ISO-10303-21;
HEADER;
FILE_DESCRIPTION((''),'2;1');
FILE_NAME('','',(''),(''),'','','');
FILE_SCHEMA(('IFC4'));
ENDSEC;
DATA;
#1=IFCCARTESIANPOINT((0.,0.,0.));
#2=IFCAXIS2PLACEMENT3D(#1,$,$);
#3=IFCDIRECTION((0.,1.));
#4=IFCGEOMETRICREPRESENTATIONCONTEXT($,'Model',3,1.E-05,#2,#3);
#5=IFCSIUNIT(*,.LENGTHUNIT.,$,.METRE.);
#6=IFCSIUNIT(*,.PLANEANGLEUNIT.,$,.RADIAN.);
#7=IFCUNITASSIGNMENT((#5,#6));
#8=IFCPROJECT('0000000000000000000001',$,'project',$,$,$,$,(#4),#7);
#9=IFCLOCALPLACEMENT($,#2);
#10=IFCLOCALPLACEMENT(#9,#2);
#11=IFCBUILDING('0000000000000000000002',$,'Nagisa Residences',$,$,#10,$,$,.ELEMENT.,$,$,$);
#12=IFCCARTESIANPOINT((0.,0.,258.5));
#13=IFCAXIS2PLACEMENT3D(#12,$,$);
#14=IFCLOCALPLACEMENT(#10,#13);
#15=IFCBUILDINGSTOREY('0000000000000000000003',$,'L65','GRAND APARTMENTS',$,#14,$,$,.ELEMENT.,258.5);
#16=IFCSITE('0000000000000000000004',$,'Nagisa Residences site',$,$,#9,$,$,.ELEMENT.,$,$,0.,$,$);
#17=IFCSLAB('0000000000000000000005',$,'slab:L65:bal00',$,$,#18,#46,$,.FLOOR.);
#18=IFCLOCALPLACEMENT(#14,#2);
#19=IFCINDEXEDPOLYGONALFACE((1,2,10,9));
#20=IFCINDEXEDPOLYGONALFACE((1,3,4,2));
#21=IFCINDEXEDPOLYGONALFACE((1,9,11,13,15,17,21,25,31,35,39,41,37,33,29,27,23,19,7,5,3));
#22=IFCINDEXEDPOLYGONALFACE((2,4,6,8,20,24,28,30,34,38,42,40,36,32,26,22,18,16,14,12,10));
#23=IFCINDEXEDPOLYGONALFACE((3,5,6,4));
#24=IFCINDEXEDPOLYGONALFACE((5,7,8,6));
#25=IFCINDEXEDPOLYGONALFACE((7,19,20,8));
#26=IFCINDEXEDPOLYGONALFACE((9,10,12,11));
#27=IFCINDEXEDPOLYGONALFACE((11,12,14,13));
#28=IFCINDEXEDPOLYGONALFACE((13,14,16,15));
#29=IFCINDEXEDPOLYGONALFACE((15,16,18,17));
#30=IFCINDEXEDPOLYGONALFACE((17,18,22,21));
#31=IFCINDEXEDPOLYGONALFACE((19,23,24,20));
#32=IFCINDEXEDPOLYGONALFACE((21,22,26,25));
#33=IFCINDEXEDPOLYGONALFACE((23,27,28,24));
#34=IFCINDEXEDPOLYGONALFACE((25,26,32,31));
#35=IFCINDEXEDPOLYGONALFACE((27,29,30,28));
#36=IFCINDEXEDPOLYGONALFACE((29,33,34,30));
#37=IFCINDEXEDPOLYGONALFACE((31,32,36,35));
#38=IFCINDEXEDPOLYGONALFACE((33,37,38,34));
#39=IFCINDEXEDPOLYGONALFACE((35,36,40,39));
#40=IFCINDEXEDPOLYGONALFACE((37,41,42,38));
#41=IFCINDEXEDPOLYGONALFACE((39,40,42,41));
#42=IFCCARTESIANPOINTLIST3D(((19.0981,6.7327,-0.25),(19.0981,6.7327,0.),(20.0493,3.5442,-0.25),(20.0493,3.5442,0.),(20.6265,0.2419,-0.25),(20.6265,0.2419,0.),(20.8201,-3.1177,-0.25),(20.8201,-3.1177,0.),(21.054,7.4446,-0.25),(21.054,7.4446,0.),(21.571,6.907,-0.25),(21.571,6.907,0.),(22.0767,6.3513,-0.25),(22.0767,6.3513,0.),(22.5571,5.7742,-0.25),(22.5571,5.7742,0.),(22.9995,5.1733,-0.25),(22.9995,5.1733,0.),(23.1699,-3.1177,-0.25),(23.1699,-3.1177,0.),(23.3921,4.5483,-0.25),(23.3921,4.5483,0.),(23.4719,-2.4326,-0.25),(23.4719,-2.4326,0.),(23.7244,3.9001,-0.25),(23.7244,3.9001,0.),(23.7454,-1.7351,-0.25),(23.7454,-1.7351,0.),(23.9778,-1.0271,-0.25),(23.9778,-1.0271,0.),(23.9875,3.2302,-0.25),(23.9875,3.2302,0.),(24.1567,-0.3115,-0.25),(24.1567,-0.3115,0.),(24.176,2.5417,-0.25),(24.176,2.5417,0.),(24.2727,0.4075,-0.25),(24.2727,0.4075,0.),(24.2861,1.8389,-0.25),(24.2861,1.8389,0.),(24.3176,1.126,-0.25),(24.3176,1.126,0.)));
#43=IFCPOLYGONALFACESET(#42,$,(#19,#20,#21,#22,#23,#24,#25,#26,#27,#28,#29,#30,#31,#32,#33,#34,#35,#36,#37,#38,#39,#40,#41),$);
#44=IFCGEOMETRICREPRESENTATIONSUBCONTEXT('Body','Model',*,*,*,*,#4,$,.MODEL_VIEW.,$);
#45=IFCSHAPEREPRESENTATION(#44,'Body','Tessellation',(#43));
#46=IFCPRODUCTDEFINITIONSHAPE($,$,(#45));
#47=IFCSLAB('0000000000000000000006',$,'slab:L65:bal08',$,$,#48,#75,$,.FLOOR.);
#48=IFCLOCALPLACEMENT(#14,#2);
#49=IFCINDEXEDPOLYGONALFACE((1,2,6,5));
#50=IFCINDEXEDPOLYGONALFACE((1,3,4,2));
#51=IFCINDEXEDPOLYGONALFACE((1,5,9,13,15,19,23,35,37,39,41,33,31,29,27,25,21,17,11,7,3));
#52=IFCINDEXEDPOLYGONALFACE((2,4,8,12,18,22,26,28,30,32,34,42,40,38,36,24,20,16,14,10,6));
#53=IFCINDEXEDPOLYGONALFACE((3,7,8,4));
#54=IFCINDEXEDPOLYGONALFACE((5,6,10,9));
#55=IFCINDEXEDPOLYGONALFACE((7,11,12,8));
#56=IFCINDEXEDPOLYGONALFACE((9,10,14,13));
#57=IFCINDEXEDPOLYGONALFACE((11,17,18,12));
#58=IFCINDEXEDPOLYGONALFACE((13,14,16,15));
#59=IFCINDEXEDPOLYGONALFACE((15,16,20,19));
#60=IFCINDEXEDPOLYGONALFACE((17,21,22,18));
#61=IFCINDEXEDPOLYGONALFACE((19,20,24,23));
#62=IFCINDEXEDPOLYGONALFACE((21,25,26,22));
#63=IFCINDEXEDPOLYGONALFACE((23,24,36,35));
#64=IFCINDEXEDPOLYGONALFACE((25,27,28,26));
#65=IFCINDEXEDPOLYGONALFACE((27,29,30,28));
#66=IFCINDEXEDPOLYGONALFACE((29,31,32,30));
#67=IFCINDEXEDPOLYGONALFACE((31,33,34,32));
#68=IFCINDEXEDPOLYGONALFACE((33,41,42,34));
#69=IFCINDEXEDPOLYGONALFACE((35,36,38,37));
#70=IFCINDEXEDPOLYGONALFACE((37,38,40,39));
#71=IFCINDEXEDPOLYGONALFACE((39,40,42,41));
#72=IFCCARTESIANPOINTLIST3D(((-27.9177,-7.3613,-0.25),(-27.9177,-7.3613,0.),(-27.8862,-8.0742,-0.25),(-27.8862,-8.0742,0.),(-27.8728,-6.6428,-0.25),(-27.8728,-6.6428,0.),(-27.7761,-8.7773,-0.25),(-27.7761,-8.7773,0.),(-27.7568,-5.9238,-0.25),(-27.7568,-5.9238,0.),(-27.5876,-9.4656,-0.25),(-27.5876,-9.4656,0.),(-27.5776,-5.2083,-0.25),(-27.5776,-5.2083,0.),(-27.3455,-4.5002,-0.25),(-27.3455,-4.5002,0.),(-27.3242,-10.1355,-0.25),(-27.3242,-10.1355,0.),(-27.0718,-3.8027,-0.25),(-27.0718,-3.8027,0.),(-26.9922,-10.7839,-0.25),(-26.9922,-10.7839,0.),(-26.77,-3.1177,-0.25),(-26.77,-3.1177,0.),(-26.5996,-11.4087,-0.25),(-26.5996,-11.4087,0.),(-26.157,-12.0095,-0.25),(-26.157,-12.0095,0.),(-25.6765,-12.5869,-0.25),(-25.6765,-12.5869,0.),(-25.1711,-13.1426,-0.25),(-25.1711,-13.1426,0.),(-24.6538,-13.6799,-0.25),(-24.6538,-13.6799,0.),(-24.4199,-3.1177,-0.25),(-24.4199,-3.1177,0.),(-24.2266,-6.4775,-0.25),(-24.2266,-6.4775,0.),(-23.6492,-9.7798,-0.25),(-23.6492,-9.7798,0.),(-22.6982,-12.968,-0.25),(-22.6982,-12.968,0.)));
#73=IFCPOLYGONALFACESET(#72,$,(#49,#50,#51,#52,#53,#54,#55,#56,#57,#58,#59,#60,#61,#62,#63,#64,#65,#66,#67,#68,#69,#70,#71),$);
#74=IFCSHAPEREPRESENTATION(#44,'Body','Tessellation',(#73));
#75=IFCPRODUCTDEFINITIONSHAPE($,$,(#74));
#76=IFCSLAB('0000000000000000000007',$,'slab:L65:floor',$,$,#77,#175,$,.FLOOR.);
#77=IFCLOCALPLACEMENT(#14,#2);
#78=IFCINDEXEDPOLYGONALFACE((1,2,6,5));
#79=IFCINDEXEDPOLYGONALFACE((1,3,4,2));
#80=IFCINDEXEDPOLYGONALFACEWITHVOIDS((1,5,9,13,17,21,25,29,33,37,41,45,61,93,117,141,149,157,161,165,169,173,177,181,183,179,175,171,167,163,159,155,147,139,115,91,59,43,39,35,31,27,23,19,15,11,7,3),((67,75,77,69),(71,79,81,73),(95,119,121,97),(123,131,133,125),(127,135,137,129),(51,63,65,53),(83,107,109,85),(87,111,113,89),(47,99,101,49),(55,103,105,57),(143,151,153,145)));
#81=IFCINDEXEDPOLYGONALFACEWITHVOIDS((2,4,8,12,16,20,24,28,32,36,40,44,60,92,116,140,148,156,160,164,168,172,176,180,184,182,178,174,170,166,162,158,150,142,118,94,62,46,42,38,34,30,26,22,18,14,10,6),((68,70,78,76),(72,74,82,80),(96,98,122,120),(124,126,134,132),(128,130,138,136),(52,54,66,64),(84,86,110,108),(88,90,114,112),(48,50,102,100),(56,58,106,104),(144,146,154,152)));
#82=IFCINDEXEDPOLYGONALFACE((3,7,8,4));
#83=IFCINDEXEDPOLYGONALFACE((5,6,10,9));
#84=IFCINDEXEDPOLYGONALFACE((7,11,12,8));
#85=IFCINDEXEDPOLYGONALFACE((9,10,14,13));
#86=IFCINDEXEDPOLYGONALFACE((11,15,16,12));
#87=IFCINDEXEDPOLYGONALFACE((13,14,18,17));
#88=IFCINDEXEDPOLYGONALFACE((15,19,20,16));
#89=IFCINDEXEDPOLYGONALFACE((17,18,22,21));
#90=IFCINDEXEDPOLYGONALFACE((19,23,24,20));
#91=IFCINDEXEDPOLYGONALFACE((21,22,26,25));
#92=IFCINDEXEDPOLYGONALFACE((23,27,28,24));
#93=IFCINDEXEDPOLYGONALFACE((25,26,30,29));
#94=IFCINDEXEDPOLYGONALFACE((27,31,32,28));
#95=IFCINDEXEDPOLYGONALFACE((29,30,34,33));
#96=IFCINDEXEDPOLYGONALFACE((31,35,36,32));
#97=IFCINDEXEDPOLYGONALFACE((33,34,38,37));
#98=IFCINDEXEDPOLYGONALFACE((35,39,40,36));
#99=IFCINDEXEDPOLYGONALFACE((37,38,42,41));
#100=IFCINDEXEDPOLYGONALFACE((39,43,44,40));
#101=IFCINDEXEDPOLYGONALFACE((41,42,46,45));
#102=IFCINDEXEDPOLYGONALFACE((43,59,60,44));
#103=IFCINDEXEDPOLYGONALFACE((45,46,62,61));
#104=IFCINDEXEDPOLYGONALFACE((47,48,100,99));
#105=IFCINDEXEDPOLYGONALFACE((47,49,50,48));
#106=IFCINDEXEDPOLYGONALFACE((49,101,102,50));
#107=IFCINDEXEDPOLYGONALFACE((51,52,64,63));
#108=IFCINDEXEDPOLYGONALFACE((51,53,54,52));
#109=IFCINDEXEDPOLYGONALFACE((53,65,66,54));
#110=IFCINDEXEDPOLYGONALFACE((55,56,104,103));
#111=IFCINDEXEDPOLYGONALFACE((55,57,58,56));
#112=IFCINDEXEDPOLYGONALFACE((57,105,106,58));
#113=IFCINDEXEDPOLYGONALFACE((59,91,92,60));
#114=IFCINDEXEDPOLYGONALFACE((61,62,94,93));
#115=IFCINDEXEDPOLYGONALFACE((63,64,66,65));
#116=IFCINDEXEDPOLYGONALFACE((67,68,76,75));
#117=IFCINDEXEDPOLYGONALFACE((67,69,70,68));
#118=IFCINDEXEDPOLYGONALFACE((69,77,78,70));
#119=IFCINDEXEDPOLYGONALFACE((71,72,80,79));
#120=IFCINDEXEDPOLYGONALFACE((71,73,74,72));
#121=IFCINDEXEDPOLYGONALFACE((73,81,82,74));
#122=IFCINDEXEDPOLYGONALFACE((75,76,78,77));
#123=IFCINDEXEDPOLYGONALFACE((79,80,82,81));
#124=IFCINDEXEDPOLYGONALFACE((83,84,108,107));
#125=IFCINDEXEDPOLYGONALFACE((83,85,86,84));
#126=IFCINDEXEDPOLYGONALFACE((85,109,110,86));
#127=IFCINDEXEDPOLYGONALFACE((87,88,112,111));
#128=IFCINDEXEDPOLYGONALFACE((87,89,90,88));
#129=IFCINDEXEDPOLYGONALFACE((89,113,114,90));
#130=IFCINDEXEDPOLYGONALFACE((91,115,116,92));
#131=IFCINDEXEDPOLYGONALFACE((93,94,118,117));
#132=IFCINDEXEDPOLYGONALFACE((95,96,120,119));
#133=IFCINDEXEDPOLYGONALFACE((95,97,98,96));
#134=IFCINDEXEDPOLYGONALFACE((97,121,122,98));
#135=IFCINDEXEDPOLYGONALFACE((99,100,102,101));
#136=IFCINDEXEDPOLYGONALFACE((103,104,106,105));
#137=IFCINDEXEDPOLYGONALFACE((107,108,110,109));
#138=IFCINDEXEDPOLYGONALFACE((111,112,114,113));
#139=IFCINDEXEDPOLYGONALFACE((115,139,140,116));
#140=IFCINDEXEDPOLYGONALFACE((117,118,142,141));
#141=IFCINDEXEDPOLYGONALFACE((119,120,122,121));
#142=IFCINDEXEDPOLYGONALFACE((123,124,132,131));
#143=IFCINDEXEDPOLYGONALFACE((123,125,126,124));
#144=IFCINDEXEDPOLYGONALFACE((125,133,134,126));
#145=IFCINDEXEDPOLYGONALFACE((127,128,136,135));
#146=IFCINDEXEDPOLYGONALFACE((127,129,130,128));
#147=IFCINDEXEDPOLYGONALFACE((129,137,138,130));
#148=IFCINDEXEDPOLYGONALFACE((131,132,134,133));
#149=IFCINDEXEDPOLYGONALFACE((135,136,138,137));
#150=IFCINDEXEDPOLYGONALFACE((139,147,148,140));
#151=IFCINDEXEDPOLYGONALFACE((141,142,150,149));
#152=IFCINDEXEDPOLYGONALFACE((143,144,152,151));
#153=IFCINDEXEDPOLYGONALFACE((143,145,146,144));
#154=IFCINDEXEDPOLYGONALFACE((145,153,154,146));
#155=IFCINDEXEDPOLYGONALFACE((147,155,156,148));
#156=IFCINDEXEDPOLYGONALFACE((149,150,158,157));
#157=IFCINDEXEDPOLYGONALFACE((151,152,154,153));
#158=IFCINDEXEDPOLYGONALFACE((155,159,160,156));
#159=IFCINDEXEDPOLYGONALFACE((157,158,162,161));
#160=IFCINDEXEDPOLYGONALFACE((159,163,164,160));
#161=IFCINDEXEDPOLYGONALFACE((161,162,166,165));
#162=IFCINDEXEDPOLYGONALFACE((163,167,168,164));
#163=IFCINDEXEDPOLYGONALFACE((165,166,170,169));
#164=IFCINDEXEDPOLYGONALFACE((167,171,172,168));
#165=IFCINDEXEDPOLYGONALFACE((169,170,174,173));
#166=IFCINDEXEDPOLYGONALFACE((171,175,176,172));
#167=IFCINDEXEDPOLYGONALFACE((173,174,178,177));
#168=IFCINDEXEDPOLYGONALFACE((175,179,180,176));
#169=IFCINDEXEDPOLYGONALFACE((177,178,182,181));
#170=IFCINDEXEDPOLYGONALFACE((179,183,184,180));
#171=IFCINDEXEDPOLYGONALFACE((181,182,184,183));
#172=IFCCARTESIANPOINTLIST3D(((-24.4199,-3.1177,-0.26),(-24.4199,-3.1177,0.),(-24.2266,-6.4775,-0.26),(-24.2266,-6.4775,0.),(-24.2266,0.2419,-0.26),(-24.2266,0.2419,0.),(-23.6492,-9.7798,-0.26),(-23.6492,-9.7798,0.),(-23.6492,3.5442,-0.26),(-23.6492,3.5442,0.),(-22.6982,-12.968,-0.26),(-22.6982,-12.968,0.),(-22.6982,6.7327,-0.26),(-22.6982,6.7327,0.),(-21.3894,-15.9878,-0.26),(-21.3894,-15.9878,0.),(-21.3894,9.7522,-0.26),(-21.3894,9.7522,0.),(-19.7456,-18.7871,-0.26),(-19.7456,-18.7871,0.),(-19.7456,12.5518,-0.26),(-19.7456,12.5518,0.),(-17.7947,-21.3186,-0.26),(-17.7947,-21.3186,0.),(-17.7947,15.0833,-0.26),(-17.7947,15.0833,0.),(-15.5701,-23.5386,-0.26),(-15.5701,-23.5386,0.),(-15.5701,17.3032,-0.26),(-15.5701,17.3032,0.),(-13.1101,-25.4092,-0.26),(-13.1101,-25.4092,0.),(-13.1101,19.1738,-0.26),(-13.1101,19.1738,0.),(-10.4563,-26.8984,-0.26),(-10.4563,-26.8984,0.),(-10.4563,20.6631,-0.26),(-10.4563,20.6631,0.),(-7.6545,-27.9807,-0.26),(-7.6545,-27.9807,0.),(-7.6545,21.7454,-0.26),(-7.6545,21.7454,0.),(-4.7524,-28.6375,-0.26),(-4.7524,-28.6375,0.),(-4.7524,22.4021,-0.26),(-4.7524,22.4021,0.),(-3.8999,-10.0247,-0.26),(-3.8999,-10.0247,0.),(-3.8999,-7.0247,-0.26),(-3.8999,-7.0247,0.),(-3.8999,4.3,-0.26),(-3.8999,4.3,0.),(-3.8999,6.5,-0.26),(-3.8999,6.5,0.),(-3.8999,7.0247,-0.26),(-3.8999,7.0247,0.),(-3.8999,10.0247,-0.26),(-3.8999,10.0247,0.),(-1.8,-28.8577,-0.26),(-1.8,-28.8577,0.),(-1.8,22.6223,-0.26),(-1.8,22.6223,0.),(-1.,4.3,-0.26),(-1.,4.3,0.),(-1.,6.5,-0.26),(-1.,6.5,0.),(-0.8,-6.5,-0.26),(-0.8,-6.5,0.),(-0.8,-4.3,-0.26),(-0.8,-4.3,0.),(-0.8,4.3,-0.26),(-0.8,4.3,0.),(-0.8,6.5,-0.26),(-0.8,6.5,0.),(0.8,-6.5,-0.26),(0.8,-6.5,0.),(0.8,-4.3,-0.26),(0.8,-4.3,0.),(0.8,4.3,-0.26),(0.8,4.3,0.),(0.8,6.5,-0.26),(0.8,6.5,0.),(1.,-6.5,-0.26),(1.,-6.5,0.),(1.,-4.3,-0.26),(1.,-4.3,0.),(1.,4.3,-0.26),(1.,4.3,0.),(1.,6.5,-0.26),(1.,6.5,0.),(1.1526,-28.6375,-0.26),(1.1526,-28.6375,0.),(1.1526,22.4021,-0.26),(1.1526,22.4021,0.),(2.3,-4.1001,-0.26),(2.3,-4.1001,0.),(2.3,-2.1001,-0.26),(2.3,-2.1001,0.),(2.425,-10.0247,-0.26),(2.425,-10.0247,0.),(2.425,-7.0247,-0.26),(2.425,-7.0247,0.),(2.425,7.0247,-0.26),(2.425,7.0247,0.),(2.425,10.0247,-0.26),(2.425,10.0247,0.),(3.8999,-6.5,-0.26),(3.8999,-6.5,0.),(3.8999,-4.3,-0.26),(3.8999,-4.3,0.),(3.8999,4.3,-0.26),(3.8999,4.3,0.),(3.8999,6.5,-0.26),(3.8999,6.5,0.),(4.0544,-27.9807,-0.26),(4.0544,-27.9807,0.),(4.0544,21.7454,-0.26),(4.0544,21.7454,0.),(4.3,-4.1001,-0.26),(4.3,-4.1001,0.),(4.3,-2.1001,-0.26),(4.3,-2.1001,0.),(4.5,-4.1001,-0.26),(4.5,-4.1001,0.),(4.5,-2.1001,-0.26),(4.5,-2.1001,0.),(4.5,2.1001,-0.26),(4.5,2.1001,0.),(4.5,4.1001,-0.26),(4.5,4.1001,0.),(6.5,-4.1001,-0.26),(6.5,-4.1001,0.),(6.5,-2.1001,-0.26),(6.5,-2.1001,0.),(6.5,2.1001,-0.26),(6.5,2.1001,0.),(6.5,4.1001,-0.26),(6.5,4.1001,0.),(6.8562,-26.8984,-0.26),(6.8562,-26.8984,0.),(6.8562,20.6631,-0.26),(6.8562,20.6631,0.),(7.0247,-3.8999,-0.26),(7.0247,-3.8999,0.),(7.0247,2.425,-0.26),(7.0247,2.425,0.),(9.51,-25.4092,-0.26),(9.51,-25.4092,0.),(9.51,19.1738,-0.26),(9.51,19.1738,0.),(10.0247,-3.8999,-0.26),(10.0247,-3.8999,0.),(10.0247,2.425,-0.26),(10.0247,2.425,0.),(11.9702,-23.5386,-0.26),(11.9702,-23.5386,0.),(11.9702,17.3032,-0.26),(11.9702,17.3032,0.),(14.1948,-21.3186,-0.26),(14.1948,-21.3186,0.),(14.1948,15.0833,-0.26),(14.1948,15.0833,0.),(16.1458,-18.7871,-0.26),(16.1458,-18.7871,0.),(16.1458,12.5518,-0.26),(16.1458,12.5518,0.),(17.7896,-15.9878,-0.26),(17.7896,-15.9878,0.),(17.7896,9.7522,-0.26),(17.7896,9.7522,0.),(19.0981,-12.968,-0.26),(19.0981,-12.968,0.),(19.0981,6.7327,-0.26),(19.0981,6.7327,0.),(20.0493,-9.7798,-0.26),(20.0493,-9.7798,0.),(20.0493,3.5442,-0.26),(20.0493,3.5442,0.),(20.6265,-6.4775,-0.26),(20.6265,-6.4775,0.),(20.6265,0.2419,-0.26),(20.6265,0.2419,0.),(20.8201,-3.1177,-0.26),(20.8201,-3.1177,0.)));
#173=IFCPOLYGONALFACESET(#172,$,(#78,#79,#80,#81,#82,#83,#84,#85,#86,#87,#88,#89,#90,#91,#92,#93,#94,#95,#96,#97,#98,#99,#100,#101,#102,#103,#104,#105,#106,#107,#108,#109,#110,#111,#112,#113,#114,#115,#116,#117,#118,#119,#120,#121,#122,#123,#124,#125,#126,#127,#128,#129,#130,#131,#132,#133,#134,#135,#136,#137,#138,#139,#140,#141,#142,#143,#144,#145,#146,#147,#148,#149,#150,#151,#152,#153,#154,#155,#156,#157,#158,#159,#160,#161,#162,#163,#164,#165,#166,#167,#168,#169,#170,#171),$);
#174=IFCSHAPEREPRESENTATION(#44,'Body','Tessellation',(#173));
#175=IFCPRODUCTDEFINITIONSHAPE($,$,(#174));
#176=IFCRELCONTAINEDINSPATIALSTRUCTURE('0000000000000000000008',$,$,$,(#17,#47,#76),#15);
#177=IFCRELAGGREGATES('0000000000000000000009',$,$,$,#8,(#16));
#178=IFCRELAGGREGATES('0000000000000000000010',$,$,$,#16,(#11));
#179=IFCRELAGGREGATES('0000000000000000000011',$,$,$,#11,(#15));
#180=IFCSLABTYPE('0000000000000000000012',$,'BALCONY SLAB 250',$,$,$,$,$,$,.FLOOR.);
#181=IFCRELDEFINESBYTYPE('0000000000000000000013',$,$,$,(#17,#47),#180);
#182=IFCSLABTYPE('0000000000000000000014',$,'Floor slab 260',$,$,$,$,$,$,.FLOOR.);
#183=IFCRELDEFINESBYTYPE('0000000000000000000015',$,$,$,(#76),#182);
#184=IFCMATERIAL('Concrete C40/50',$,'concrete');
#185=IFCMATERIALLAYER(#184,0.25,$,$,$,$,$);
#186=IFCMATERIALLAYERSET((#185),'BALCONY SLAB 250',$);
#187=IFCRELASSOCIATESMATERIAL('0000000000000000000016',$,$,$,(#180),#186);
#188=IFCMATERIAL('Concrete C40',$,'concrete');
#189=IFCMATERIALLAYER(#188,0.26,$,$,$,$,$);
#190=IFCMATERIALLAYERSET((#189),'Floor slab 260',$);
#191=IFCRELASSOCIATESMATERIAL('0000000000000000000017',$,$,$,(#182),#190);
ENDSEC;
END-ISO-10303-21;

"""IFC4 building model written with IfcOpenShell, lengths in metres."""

from ifc_helpers import new_model, si_unit, direction, frame, origin, place, context, subcontext, project, spatial, polyline, outline, extrude, material, layer, layer_set, type_object, element, save


model = new_model("IFC4")

# Units and contexts
model_context = context("Model", 3, precision=1e-05, world=origin(), true_north=direction((0.0, 1.0)))
body_context = subcontext(model_context, "Body", "Model", "MODEL_VIEW")
ifc_project = project(units=[si_unit("LENGTHUNIT", "METRE"), si_unit("PLANEANGLEUNIT", "RADIAN")], contexts=[model_context])

# Site, building, storey
site_placement = place(None, origin())
site = spatial("IfcSite", under=ifc_project, at=site_placement, Name="Nagisa Residences site", CompositionType="ELEMENT", RefElevation=0.0)
building_placement = place(site_placement, origin())
building = spatial("IfcBuilding", under=site, at=building_placement, Name="Nagisa Residences", CompositionType="ELEMENT")
storey_placement = place(building_placement, frame((0.0, 0.0, 258.5)))
storey = spatial("IfcBuildingStorey", under=building, at=storey_placement, Name="L65", Description="GRAND APARTMENTS", CompositionType="ELEMENT", Elevation=258.5)

# Slabs
ifc_material_1 = material(Name="Concrete C40/50", Category="concrete")
ifc_layer_1 = layer(ifc_material_1, 0.25)
ifc_layer_set_1 = layer_set([ifc_layer_1], Name="BALCONY SLAB 250")
slab_type_1 = type_object("IfcSlabType", Name="BALCONY SLAB 250", PredefinedType="FLOOR", material=ifc_layer_set_1)
slab_1_placement = place(storey_placement, frame((0.0, 0.0, -0.25)))
element("IfcSlab", 1, at=slab_1_placement, inside=storey, type_object=slab_type_1, Name="slab:L65:bal00", PredefinedType="FLOOR", context=body_context, shape_type="SweptSolid", body=[
    extrude(outline(polyline([(23.1699, -3.1177), (23.4719, -2.4326), (23.7454, -1.7351), (23.9778, -1.0271), (24.1567, -0.3115), (24.2727, 0.4075), (24.3176, 1.126), (24.2861, 1.8389), (24.176, 2.5417), (23.9875, 3.2302), (23.7244, 3.9001), (23.3921, 4.5483), (22.9995, 5.1733), (22.5571, 5.7742), (22.0767, 6.3513), (21.571, 6.907), (21.054, 7.4446), (19.0981, 6.7327), (20.0493, 3.5442), (20.6265, 0.2419), (20.8201, -3.1177), (23.1699, -3.1177)])), origin(), (0.0, 0.0, 1.0), 0.25),
])
slab_2_placement = place(storey_placement, frame((0.0, 0.0, -0.25)))
element("IfcSlab", 2, at=slab_2_placement, inside=storey, type_object=slab_type_1, Name="slab:L65:bal08", PredefinedType="FLOOR", context=body_context, shape_type="SweptSolid", body=[
    extrude(outline(polyline([(-26.77, -3.1177), (-27.0718, -3.8027), (-27.3455, -4.5002), (-27.5776, -5.2083), (-27.7568, -5.9238), (-27.8728, -6.6428), (-27.9177, -7.3613), (-27.8862, -8.0742), (-27.7761, -8.7773), (-27.5876, -9.4656), (-27.3242, -10.1355), (-26.9922, -10.7839), (-26.5996, -11.4087), (-26.157, -12.0095), (-25.6765, -12.5869), (-25.1711, -13.1426), (-24.6538, -13.6799), (-22.6982, -12.968), (-23.6492, -9.7798), (-24.2266, -6.4775), (-24.4199, -3.1177), (-26.77, -3.1177)])), origin(), (0.0, 0.0, 1.0), 0.25),
])
ifc_material_2 = material(Name="Concrete C40", Category="concrete")
ifc_layer_2 = layer(ifc_material_2, 0.26)
ifc_layer_set_2 = layer_set([ifc_layer_2], Name="Floor slab 260")
slab_type_2 = type_object("IfcSlabType", Name="Floor slab 260", PredefinedType="FLOOR", material=ifc_layer_set_2)
slab_3_placement = place(storey_placement, frame((0.0, 0.0, -0.26)))
element("IfcSlab", 3, at=slab_3_placement, inside=storey, type_object=slab_type_2, Name="slab:L65:floor", PredefinedType="FLOOR", context=body_context, shape_type="SweptSolid", body=[
    extrude(outline(polyline([(20.8201, -3.1177), (20.6265, 0.2419), (20.0493, 3.5442), (19.0981, 6.7327), (17.7896, 9.7522), (16.1458, 12.5518), (14.1948, 15.0833), (11.9702, 17.3032), (9.51, 19.1738), (6.8562, 20.6631), (4.0544, 21.7454), (1.1526, 22.4021), (-1.8, 22.6223), (-4.7524, 22.4021), (-7.6545, 21.7454), (-10.4563, 20.6631), (-13.1101, 19.1738), (-15.5701, 17.3032), (-17.7947, 15.0833), (-19.7456, 12.5518), (-21.3894, 9.7522), (-22.6982, 6.7327), (-23.6492, 3.5442), (-24.2266, 0.2419), (-24.4199, -3.1177), (-24.2266, -6.4775), (-23.6492, -9.7798), (-22.6982, -12.968), (-21.3894, -15.9878), (-19.7456, -18.7871), (-17.7947, -21.3186), (-15.5701, -23.5386), (-13.1101, -25.4092), (-10.4563, -26.8984), (-7.6545, -27.9807), (-4.7524, -28.6375), (-1.8, -28.8577), (1.1526, -28.6375), (4.0544, -27.9807), (6.8562, -26.8984), (9.51, -25.4092), (11.9702, -23.5386), (14.1948, -21.3186), (16.1458, -18.7871), (17.7896, -15.9878), (19.0981, -12.968), (20.0493, -9.7798), (20.6265, -6.4775), (20.8201, -3.1177)]), holes=[polyline([(6.5, 2.1001), (6.5, 4.1001), (4.5, 4.1001), (4.5, 2.1001), (6.5, 2.1001)]), polyline([(4.3, -4.1001), (4.3, -2.1001), (2.3, -2.1001), (2.3, -4.1001), (4.3, -4.1001)]), polyline([(6.5, -4.1001), (6.5, -2.1001), (4.5, -2.1001), (4.5, -4.1001), (6.5, -4.1001)]), polyline([(3.8999, 4.3), (3.8999, 6.5), (1.0, 6.5), (1.0, 4.3), (3.8999, 4.3)]), polyline([(3.8999, -6.5), (3.8999, -4.3), (1.0, -4.3), (1.0, -6.5), (3.8999, -6.5)]), polyline([(-1.0, 4.3), (-1.0, 6.5), (-3.8999, 6.5), (-3.8999, 4.3), (-1.0, 4.3)]), polyline([(0.8, 4.3), (0.8, 6.5), (-0.8, 6.5), (-0.8, 4.3), (0.8, 4.3)]), polyline([(0.8, -6.5), (0.8, -4.3), (-0.8, -4.3), (-0.8, -6.5), (0.8, -6.5)]), polyline([(10.0247, -3.8999), (7.0247, -3.8999), (7.0247, 2.425), (10.0247, 2.425), (10.0247, -3.8999)]), polyline([(-3.8999, 7.0247), (-3.8999, 10.0247), (2.425, 10.0247), (2.425, 7.0247), (-3.8999, 7.0247)]), polyline([(-3.8999, -10.0247), (-3.8999, -7.0247), (2.425, -7.0247), (2.425, -10.0247), (-3.8999, -10.0247)])]), origin(), (0.0, 0.0, 1.0), 0.26),
])

save(model, "model.ifc")
